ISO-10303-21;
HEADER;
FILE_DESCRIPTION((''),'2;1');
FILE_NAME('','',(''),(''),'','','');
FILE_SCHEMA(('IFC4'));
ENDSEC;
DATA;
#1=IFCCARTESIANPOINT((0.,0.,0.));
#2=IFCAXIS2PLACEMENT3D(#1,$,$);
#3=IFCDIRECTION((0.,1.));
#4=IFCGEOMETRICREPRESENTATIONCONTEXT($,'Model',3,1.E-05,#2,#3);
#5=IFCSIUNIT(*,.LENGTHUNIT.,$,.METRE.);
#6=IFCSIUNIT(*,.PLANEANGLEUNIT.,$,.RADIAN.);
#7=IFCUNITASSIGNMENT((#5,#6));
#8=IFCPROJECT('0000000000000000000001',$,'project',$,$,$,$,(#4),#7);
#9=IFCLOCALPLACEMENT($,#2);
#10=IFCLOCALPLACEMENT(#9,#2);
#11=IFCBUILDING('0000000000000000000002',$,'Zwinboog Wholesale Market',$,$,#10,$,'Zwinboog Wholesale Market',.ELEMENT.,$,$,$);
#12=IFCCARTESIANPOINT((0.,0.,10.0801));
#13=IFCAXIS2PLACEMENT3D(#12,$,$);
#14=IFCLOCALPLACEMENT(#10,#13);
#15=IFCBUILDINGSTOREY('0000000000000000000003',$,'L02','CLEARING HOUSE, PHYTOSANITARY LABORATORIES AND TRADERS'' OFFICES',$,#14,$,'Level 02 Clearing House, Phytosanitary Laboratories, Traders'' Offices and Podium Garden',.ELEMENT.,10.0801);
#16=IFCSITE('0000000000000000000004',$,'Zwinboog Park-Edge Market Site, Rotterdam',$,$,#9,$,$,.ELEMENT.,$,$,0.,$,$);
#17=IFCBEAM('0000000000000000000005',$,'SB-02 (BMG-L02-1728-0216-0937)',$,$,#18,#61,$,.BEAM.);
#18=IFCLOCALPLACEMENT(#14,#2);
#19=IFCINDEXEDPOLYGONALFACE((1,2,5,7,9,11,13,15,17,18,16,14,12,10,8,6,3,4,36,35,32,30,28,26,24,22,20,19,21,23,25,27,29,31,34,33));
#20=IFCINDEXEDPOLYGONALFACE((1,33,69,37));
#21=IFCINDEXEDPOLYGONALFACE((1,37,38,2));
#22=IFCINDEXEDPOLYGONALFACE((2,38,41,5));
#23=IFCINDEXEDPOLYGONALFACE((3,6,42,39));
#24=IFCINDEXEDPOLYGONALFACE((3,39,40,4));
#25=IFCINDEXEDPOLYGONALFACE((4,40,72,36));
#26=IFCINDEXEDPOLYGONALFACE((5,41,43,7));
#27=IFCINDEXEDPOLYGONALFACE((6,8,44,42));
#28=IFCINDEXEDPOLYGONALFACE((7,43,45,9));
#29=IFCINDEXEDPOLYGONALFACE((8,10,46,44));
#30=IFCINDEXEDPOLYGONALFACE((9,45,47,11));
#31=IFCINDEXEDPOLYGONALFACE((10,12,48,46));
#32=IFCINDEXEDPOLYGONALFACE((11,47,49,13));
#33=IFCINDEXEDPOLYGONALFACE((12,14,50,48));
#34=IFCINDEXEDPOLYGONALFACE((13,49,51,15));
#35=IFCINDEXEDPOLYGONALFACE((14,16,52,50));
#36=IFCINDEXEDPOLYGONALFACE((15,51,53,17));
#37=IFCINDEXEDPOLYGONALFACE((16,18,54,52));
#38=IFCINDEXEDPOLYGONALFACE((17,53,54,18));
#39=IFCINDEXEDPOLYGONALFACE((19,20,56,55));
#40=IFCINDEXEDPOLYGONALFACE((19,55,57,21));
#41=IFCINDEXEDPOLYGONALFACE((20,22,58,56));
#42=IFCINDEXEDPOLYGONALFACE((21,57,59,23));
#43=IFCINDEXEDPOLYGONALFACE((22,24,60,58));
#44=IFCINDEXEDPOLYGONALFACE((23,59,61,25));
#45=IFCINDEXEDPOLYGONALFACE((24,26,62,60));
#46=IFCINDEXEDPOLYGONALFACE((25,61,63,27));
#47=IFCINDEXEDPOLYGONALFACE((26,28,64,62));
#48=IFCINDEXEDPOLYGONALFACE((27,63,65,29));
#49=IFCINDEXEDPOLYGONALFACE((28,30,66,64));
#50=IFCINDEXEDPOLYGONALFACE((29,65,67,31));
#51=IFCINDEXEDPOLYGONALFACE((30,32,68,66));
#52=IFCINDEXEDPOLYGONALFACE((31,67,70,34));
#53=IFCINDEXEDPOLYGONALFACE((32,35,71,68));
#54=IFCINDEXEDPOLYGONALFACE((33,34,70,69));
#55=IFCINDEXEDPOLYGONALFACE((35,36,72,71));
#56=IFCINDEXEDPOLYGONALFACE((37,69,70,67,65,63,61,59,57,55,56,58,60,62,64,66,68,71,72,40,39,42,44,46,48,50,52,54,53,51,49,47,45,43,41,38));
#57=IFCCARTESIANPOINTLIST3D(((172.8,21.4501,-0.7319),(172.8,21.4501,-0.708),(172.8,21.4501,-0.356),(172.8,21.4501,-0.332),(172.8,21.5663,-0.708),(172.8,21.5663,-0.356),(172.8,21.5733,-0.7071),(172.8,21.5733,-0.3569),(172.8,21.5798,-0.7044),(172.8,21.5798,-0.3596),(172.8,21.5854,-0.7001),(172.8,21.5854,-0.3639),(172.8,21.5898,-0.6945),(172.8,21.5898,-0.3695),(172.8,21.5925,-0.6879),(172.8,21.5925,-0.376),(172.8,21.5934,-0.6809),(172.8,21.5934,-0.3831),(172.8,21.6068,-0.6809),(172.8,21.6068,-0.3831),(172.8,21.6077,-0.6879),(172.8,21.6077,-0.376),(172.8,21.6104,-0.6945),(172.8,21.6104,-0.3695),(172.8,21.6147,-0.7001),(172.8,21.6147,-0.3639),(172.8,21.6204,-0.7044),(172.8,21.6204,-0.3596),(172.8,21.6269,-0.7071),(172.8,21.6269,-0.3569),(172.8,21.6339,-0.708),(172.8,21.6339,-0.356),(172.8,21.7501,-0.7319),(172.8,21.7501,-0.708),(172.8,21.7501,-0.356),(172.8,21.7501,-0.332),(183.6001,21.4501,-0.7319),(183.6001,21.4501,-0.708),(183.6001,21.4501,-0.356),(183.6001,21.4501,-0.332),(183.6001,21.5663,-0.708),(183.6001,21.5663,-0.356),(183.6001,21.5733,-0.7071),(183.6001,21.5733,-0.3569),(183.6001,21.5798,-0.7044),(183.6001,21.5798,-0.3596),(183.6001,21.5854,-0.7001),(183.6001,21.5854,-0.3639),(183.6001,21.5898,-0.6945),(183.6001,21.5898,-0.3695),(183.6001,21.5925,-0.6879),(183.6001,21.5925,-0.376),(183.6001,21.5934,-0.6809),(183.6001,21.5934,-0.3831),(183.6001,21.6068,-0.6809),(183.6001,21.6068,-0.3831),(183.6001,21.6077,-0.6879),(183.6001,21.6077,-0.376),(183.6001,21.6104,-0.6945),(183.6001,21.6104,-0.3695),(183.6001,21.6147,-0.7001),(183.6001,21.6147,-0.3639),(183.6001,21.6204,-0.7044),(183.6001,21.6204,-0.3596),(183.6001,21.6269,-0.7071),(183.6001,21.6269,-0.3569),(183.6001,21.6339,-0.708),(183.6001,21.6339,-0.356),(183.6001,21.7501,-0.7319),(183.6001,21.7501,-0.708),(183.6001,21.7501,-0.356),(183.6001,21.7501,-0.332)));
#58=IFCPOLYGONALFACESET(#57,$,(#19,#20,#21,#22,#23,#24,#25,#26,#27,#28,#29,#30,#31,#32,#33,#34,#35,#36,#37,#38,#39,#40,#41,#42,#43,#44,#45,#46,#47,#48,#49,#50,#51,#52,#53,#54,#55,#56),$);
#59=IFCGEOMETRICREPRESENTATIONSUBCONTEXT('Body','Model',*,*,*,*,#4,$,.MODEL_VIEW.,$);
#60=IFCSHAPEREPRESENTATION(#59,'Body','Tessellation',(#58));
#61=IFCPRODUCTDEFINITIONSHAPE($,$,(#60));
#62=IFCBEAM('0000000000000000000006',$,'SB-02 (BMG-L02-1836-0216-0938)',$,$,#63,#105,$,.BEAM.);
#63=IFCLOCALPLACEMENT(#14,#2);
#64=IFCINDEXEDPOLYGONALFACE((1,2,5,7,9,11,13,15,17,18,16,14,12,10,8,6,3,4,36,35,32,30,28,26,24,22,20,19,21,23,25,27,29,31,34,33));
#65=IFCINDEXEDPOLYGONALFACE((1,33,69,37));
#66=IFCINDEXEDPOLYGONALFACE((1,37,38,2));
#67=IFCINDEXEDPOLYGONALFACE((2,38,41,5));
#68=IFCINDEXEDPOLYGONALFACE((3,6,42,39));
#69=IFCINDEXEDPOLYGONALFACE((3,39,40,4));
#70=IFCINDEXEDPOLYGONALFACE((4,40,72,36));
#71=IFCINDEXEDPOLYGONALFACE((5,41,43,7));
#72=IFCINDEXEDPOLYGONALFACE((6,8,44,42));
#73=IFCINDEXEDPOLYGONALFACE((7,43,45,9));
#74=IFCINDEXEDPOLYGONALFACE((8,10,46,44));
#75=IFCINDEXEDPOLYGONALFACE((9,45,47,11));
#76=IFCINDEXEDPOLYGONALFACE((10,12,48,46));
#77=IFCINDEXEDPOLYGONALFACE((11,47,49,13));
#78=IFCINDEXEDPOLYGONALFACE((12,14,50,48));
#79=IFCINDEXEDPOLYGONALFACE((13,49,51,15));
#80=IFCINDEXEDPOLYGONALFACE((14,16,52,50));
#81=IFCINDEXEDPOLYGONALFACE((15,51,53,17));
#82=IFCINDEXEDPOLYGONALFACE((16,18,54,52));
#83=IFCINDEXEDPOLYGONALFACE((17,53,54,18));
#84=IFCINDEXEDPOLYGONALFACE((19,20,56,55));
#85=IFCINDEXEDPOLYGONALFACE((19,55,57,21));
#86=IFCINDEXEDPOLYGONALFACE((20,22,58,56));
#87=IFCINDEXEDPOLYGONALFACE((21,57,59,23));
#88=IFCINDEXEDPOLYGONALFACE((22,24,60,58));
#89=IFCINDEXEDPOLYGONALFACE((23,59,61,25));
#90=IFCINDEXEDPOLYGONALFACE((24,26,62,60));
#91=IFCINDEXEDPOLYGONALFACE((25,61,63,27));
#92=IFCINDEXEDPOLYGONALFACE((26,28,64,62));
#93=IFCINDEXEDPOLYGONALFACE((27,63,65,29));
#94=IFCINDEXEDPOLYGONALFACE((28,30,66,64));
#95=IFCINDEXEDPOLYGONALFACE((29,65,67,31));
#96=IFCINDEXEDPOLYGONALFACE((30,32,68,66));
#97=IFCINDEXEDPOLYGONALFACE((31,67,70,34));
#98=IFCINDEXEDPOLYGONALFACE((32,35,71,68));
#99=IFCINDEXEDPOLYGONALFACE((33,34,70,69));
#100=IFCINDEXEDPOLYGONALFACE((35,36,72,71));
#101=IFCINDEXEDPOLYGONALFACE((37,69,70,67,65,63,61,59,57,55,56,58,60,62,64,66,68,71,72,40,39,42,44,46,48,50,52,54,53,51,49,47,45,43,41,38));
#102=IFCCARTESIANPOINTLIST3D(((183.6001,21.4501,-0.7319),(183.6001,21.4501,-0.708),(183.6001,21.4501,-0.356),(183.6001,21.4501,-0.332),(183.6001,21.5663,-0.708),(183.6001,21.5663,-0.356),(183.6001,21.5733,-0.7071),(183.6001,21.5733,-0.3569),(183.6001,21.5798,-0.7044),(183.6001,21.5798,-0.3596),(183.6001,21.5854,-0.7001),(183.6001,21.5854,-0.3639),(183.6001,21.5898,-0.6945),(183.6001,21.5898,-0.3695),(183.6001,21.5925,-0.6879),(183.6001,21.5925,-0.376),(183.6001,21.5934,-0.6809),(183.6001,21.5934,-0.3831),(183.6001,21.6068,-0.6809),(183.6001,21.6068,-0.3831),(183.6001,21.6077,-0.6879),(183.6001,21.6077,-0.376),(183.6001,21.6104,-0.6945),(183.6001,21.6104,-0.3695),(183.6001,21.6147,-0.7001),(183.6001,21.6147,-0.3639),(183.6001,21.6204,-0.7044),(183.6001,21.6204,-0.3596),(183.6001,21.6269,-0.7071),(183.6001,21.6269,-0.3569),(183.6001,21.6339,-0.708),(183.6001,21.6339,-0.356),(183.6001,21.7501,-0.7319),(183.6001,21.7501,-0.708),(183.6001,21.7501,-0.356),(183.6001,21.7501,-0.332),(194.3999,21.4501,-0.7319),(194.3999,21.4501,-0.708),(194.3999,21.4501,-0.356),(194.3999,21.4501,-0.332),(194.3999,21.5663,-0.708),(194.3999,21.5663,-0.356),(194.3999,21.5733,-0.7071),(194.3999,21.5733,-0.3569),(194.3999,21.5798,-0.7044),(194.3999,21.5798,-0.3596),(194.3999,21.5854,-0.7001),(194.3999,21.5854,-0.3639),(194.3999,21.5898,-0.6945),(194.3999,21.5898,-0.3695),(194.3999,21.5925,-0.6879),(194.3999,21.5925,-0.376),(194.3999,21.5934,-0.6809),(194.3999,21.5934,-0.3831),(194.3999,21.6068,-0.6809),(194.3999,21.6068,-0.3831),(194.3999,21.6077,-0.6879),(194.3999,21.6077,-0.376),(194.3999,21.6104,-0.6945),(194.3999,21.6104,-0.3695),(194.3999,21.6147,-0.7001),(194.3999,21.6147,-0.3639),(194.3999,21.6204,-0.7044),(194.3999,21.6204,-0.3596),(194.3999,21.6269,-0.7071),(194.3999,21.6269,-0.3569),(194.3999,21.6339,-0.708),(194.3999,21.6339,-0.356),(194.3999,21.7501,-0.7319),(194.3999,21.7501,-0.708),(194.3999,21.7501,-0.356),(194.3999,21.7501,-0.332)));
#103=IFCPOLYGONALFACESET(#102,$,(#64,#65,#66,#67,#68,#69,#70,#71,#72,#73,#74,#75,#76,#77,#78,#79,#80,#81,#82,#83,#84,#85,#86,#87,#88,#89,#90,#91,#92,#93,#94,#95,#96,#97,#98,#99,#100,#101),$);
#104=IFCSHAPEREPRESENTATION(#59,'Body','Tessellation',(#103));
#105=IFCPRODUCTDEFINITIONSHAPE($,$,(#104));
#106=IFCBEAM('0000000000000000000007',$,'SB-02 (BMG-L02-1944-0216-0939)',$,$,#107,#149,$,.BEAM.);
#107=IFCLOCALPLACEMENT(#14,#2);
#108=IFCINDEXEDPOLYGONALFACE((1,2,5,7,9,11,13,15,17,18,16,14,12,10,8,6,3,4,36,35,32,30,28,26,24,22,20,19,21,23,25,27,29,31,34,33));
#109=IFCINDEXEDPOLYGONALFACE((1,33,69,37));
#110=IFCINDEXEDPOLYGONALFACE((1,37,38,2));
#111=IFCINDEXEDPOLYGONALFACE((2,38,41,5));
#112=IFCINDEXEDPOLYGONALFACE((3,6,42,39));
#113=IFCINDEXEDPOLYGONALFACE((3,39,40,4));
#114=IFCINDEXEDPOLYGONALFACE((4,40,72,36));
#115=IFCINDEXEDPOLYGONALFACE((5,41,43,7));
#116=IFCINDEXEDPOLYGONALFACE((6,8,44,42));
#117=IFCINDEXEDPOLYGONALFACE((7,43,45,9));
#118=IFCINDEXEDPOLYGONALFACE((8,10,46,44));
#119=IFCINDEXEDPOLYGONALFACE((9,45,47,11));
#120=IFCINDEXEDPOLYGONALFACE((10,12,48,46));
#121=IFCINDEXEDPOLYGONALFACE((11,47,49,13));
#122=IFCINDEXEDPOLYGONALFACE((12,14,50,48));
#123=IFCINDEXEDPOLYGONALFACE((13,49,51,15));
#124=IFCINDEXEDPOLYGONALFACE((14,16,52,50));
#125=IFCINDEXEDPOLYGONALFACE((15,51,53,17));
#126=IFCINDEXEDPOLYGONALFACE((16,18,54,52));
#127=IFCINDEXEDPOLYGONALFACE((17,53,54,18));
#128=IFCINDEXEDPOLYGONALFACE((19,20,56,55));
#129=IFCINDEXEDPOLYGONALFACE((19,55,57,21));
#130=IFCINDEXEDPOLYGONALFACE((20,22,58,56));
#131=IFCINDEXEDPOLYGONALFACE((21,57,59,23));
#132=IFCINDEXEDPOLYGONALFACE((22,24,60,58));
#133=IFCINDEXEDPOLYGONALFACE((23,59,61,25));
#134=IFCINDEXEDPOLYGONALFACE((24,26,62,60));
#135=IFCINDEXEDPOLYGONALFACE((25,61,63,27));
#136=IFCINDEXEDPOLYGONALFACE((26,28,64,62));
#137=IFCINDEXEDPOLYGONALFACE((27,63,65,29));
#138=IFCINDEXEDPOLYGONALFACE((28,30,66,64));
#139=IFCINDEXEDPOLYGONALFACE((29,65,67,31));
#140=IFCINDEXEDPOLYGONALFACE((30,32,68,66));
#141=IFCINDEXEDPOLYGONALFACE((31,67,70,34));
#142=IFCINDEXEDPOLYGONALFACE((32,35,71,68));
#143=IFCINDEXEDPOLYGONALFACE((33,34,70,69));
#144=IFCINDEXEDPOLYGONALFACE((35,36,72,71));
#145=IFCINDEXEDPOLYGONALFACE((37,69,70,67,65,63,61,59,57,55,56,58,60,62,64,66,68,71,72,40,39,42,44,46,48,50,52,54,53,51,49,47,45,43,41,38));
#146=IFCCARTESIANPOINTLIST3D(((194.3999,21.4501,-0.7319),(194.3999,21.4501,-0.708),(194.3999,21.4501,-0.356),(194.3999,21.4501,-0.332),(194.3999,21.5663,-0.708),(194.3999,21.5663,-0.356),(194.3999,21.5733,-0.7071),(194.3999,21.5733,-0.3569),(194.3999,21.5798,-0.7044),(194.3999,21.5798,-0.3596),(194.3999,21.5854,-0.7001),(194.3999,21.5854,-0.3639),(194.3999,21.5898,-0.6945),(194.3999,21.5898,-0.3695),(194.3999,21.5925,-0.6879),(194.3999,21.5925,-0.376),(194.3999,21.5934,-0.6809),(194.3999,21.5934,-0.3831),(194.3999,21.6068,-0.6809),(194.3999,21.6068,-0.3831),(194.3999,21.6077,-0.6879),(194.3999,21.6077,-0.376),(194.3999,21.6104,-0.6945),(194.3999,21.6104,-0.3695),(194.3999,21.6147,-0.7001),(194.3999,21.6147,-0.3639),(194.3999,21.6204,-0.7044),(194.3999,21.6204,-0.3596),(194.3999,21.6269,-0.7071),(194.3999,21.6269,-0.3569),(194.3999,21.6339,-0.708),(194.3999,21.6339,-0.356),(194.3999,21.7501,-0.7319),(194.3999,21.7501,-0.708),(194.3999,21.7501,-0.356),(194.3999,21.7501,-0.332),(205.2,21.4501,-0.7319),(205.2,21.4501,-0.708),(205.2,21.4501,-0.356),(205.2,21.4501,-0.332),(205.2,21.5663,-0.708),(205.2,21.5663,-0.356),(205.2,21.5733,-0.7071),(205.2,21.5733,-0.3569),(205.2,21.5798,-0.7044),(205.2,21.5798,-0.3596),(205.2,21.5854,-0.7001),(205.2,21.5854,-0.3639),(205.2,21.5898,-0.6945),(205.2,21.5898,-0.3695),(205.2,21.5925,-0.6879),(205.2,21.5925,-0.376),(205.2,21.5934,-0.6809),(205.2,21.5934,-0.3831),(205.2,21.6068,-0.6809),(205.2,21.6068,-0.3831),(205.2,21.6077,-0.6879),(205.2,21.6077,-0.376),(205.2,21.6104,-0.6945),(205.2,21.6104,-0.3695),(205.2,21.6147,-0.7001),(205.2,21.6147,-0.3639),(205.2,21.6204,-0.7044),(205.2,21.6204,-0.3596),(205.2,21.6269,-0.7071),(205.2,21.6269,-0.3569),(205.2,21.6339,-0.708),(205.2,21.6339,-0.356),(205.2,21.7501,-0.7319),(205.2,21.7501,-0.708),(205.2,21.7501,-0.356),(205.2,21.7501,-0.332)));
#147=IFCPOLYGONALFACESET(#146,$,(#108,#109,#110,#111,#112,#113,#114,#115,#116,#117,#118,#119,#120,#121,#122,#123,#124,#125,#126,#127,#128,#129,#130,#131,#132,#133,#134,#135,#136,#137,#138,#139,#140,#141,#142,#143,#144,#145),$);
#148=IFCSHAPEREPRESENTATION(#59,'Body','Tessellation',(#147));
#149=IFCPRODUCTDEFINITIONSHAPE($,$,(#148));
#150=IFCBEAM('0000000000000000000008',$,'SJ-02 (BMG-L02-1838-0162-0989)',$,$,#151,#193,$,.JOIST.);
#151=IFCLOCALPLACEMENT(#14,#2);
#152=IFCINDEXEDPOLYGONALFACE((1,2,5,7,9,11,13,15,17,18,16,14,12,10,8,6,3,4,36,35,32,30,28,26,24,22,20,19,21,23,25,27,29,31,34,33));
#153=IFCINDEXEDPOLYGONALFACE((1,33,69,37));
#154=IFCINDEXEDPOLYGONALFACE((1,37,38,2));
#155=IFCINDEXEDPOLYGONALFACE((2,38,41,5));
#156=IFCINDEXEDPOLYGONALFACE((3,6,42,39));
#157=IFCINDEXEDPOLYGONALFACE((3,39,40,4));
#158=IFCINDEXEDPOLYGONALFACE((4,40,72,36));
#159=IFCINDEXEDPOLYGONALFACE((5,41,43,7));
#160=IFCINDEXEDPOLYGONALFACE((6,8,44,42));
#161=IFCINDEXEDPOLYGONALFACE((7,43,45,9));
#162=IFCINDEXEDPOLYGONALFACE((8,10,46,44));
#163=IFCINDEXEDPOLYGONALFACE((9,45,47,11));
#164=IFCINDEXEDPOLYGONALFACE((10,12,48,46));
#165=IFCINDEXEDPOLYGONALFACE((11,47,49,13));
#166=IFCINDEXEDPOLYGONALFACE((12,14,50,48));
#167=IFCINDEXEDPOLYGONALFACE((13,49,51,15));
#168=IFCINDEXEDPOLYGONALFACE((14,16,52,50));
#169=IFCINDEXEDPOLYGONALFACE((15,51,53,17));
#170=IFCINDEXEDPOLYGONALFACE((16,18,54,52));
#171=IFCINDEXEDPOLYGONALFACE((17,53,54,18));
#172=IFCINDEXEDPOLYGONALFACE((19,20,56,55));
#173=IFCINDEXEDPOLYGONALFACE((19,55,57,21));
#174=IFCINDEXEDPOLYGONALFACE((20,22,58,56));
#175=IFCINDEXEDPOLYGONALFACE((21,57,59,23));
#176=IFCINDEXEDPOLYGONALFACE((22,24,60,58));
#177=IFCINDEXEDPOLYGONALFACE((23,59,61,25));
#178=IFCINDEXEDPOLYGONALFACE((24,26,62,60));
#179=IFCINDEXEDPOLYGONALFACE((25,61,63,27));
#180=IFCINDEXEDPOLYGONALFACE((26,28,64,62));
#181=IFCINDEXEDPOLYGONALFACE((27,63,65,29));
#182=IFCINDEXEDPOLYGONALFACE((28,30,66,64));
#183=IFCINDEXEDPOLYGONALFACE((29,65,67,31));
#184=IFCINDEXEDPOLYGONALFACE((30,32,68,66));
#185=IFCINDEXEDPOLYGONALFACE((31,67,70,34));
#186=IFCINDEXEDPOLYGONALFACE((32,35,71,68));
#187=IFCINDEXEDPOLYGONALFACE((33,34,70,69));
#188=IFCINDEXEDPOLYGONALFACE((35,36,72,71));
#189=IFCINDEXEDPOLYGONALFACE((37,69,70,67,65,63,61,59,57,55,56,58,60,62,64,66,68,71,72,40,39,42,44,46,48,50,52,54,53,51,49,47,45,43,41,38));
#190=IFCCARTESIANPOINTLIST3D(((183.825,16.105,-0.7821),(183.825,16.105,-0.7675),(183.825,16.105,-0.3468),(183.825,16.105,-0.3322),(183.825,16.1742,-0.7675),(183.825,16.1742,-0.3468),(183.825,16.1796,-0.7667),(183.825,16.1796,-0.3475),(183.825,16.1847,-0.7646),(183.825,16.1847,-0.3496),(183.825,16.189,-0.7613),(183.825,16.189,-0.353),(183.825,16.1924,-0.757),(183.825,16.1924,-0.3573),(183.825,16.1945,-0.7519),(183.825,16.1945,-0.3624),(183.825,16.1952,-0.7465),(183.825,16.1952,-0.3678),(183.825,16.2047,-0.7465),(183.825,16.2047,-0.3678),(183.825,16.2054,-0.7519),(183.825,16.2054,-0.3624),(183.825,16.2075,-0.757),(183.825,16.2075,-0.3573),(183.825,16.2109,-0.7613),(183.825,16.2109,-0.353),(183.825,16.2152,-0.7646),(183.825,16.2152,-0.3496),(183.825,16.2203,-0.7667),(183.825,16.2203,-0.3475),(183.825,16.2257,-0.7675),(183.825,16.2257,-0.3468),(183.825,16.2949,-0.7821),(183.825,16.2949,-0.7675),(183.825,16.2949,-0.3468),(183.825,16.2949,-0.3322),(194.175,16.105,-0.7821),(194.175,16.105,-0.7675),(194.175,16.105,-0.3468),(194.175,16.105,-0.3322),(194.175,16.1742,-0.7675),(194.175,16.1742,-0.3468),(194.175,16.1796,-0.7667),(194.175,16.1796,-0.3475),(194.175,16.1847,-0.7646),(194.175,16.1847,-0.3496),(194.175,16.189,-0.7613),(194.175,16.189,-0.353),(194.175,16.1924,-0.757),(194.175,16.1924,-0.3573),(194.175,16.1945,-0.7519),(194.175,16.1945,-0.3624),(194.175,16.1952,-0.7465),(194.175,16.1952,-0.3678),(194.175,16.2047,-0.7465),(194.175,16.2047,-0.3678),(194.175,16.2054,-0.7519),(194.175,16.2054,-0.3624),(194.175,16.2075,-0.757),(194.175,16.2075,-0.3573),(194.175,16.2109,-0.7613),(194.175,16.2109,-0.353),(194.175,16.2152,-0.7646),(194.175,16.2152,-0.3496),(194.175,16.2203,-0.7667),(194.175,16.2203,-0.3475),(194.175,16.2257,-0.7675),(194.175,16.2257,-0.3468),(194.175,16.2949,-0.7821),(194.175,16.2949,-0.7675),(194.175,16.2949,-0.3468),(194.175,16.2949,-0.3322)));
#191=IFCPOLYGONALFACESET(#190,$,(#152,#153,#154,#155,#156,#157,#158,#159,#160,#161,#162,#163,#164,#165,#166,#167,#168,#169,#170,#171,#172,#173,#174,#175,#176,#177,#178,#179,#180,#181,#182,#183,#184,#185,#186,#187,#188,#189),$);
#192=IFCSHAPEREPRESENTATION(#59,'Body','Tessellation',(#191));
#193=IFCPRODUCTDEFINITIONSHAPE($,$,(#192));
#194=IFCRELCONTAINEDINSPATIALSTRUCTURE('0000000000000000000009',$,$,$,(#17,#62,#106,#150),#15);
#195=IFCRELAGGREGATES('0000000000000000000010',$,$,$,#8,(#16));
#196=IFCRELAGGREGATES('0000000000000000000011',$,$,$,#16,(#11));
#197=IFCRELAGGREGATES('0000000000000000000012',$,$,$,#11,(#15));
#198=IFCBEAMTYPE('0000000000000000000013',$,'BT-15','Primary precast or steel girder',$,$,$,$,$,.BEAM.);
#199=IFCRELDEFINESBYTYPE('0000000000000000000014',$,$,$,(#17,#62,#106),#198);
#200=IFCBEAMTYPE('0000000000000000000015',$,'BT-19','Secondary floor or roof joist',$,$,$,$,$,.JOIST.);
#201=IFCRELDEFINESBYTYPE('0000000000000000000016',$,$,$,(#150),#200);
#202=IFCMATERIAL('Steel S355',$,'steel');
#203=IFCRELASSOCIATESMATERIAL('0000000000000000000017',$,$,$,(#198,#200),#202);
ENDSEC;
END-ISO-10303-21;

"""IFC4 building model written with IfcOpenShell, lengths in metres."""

from ifc_helpers import new_model, si_unit, direction, frame, origin, origin_2d, place, context, subcontext, project, spatial, i_section, extrude, material, material_profile, profile_set, type_object, element, save


model = new_model("IFC4")

# Units and contexts
model_context = context("Model", 3, precision=1e-05, world=origin(), true_north=direction((0.0, 1.0)))
body_context = subcontext(model_context, "Body", "Model", "MODEL_VIEW")
ifc_project = project(units=[si_unit("LENGTHUNIT", "METRE"), si_unit("PLANEANGLEUNIT", "RADIAN")], contexts=[model_context])

# Site, building, storey
site_placement = place(None, origin())
site = spatial("IfcSite", under=ifc_project, at=site_placement, Name="Zwinboog Park-Edge Market Site, Rotterdam", CompositionType="ELEMENT", RefElevation=0.0)
building_placement = place(site_placement, origin())
building = spatial("IfcBuilding", under=site, at=building_placement, Name="Zwinboog Wholesale Market", LongName="Zwinboog Wholesale Market", CompositionType="ELEMENT")
storey_placement = place(building_placement, frame((0.0, 0.0, 10.0801)))
storey = spatial("IfcBuildingStorey", under=building, at=storey_placement, Name="L02", Description="CLEARING HOUSE, PHYTOSANITARY LABORATORIES AND TRADERS' OFFICES", LongName="Level 02 Clearing House, Phytosanitary Laboratories, Traders' Offices and Podium Garden", CompositionType="ELEMENT", Elevation=10.0801)

# Beams
ifc_material_1 = material(Name="Steel S355", Category="steel")
ifc_material_profile_1 = material_profile(ifc_material_1, i_section(OverallWidth=0.3, OverallDepth=0.3999, WebThickness=0.0134, FlangeThickness=0.0239, FilletRadius=0.0271, at=origin_2d()), Name="HEB 400")
ifc_profile_set_1 = profile_set([ifc_material_profile_1], Name="Steel S355")
beam_type_1 = type_object("IfcBeamType", Name="BT-15", Description="Primary precast or steel girder", PredefinedType="BEAM", material=ifc_profile_set_1)
for number, where, z_axis, x_axis, name in (
    (1, (172.8, 21.6001, -0.532), (1.0, 0.0, 0.0), (0.0, 1.0, 0.0), "SB-02 (BMG-L02-1728-0216-0937)"),
):
    element("IfcBeam", number, at=place(storey_placement, frame(where, z_axis=z_axis, x_axis=x_axis)), inside=storey, type_object=beam_type_1, Name=name, PredefinedType="BEAM", context=body_context, shape_type="SweptSolid", body=[
        extrude(i_section(OverallWidth=0.3, OverallDepth=0.3999, WebThickness=0.0134, FlangeThickness=0.0239, FilletRadius=0.0271, at=origin_2d()), origin(), (0.0, 0.0, 1.0), 10.8),
    ])
beam_1_placement = place(storey_placement, frame((183.6001, 21.6001, -0.532), z_axis=(1.0, 0.0, 0.0), x_axis=(0.0, 1.0, 0.0)))
element("IfcBeam", 2, at=beam_1_placement, inside=storey, type_object=beam_type_1, Name="SB-02 (BMG-L02-1836-0216-0938)", PredefinedType="BEAM", context=body_context, shape_type="SweptSolid", body=[
    extrude(i_section(OverallWidth=0.3, OverallDepth=0.3999, WebThickness=0.0134, FlangeThickness=0.0239, FilletRadius=0.0271, at=origin_2d()), origin(), (0.0, 0.0, 1.0), 10.7998),
])
beam_2_placement = place(storey_placement, frame((194.3999, 21.6001, -0.532), z_axis=(1.0, 0.0, 0.0), x_axis=(0.0, 1.0, 0.0)))
element("IfcBeam", 3, at=beam_2_placement, inside=storey, type_object=beam_type_1, Name="SB-02 (BMG-L02-1944-0216-0939)", PredefinedType="BEAM", context=body_context, shape_type="SweptSolid", body=[
    extrude(i_section(OverallWidth=0.3, OverallDepth=0.3999, WebThickness=0.0134, FlangeThickness=0.0239, FilletRadius=0.0271, at=origin_2d()), origin(), (0.0, 0.0, 1.0), 10.8),
])
ifc_material_profile_2 = material_profile(ifc_material_1, i_section(OverallWidth=0.1899, OverallDepth=0.45, WebThickness=0.0095, FlangeThickness=0.0146, FilletRadius=0.021, at=origin_2d()), Name="IPE 450")
ifc_profile_set_2 = profile_set([ifc_material_profile_2], Name="Steel S355")
beam_type_2 = type_object("IfcBeamType", Name="BT-19", Description="Secondary floor or roof joist", PredefinedType="JOIST", material=ifc_profile_set_2)
beam_3_placement = place(storey_placement, frame((183.825, 16.2, -0.5571), z_axis=(1.0, 0.0, 0.0), x_axis=(0.0, 1.0, 0.0)))
element("IfcBeam", 4, at=beam_3_placement, inside=storey, type_object=beam_type_2, Name="SJ-02 (BMG-L02-1838-0162-0989)", PredefinedType="JOIST", context=body_context, shape_type="SweptSolid", body=[
    extrude(i_section(OverallWidth=0.1899, OverallDepth=0.45, WebThickness=0.0095, FlangeThickness=0.0146, FilletRadius=0.021, at=origin_2d()), origin(), (0.0, 0.0, 1.0), 10.3501),
])

save(model, "model.ifc")
